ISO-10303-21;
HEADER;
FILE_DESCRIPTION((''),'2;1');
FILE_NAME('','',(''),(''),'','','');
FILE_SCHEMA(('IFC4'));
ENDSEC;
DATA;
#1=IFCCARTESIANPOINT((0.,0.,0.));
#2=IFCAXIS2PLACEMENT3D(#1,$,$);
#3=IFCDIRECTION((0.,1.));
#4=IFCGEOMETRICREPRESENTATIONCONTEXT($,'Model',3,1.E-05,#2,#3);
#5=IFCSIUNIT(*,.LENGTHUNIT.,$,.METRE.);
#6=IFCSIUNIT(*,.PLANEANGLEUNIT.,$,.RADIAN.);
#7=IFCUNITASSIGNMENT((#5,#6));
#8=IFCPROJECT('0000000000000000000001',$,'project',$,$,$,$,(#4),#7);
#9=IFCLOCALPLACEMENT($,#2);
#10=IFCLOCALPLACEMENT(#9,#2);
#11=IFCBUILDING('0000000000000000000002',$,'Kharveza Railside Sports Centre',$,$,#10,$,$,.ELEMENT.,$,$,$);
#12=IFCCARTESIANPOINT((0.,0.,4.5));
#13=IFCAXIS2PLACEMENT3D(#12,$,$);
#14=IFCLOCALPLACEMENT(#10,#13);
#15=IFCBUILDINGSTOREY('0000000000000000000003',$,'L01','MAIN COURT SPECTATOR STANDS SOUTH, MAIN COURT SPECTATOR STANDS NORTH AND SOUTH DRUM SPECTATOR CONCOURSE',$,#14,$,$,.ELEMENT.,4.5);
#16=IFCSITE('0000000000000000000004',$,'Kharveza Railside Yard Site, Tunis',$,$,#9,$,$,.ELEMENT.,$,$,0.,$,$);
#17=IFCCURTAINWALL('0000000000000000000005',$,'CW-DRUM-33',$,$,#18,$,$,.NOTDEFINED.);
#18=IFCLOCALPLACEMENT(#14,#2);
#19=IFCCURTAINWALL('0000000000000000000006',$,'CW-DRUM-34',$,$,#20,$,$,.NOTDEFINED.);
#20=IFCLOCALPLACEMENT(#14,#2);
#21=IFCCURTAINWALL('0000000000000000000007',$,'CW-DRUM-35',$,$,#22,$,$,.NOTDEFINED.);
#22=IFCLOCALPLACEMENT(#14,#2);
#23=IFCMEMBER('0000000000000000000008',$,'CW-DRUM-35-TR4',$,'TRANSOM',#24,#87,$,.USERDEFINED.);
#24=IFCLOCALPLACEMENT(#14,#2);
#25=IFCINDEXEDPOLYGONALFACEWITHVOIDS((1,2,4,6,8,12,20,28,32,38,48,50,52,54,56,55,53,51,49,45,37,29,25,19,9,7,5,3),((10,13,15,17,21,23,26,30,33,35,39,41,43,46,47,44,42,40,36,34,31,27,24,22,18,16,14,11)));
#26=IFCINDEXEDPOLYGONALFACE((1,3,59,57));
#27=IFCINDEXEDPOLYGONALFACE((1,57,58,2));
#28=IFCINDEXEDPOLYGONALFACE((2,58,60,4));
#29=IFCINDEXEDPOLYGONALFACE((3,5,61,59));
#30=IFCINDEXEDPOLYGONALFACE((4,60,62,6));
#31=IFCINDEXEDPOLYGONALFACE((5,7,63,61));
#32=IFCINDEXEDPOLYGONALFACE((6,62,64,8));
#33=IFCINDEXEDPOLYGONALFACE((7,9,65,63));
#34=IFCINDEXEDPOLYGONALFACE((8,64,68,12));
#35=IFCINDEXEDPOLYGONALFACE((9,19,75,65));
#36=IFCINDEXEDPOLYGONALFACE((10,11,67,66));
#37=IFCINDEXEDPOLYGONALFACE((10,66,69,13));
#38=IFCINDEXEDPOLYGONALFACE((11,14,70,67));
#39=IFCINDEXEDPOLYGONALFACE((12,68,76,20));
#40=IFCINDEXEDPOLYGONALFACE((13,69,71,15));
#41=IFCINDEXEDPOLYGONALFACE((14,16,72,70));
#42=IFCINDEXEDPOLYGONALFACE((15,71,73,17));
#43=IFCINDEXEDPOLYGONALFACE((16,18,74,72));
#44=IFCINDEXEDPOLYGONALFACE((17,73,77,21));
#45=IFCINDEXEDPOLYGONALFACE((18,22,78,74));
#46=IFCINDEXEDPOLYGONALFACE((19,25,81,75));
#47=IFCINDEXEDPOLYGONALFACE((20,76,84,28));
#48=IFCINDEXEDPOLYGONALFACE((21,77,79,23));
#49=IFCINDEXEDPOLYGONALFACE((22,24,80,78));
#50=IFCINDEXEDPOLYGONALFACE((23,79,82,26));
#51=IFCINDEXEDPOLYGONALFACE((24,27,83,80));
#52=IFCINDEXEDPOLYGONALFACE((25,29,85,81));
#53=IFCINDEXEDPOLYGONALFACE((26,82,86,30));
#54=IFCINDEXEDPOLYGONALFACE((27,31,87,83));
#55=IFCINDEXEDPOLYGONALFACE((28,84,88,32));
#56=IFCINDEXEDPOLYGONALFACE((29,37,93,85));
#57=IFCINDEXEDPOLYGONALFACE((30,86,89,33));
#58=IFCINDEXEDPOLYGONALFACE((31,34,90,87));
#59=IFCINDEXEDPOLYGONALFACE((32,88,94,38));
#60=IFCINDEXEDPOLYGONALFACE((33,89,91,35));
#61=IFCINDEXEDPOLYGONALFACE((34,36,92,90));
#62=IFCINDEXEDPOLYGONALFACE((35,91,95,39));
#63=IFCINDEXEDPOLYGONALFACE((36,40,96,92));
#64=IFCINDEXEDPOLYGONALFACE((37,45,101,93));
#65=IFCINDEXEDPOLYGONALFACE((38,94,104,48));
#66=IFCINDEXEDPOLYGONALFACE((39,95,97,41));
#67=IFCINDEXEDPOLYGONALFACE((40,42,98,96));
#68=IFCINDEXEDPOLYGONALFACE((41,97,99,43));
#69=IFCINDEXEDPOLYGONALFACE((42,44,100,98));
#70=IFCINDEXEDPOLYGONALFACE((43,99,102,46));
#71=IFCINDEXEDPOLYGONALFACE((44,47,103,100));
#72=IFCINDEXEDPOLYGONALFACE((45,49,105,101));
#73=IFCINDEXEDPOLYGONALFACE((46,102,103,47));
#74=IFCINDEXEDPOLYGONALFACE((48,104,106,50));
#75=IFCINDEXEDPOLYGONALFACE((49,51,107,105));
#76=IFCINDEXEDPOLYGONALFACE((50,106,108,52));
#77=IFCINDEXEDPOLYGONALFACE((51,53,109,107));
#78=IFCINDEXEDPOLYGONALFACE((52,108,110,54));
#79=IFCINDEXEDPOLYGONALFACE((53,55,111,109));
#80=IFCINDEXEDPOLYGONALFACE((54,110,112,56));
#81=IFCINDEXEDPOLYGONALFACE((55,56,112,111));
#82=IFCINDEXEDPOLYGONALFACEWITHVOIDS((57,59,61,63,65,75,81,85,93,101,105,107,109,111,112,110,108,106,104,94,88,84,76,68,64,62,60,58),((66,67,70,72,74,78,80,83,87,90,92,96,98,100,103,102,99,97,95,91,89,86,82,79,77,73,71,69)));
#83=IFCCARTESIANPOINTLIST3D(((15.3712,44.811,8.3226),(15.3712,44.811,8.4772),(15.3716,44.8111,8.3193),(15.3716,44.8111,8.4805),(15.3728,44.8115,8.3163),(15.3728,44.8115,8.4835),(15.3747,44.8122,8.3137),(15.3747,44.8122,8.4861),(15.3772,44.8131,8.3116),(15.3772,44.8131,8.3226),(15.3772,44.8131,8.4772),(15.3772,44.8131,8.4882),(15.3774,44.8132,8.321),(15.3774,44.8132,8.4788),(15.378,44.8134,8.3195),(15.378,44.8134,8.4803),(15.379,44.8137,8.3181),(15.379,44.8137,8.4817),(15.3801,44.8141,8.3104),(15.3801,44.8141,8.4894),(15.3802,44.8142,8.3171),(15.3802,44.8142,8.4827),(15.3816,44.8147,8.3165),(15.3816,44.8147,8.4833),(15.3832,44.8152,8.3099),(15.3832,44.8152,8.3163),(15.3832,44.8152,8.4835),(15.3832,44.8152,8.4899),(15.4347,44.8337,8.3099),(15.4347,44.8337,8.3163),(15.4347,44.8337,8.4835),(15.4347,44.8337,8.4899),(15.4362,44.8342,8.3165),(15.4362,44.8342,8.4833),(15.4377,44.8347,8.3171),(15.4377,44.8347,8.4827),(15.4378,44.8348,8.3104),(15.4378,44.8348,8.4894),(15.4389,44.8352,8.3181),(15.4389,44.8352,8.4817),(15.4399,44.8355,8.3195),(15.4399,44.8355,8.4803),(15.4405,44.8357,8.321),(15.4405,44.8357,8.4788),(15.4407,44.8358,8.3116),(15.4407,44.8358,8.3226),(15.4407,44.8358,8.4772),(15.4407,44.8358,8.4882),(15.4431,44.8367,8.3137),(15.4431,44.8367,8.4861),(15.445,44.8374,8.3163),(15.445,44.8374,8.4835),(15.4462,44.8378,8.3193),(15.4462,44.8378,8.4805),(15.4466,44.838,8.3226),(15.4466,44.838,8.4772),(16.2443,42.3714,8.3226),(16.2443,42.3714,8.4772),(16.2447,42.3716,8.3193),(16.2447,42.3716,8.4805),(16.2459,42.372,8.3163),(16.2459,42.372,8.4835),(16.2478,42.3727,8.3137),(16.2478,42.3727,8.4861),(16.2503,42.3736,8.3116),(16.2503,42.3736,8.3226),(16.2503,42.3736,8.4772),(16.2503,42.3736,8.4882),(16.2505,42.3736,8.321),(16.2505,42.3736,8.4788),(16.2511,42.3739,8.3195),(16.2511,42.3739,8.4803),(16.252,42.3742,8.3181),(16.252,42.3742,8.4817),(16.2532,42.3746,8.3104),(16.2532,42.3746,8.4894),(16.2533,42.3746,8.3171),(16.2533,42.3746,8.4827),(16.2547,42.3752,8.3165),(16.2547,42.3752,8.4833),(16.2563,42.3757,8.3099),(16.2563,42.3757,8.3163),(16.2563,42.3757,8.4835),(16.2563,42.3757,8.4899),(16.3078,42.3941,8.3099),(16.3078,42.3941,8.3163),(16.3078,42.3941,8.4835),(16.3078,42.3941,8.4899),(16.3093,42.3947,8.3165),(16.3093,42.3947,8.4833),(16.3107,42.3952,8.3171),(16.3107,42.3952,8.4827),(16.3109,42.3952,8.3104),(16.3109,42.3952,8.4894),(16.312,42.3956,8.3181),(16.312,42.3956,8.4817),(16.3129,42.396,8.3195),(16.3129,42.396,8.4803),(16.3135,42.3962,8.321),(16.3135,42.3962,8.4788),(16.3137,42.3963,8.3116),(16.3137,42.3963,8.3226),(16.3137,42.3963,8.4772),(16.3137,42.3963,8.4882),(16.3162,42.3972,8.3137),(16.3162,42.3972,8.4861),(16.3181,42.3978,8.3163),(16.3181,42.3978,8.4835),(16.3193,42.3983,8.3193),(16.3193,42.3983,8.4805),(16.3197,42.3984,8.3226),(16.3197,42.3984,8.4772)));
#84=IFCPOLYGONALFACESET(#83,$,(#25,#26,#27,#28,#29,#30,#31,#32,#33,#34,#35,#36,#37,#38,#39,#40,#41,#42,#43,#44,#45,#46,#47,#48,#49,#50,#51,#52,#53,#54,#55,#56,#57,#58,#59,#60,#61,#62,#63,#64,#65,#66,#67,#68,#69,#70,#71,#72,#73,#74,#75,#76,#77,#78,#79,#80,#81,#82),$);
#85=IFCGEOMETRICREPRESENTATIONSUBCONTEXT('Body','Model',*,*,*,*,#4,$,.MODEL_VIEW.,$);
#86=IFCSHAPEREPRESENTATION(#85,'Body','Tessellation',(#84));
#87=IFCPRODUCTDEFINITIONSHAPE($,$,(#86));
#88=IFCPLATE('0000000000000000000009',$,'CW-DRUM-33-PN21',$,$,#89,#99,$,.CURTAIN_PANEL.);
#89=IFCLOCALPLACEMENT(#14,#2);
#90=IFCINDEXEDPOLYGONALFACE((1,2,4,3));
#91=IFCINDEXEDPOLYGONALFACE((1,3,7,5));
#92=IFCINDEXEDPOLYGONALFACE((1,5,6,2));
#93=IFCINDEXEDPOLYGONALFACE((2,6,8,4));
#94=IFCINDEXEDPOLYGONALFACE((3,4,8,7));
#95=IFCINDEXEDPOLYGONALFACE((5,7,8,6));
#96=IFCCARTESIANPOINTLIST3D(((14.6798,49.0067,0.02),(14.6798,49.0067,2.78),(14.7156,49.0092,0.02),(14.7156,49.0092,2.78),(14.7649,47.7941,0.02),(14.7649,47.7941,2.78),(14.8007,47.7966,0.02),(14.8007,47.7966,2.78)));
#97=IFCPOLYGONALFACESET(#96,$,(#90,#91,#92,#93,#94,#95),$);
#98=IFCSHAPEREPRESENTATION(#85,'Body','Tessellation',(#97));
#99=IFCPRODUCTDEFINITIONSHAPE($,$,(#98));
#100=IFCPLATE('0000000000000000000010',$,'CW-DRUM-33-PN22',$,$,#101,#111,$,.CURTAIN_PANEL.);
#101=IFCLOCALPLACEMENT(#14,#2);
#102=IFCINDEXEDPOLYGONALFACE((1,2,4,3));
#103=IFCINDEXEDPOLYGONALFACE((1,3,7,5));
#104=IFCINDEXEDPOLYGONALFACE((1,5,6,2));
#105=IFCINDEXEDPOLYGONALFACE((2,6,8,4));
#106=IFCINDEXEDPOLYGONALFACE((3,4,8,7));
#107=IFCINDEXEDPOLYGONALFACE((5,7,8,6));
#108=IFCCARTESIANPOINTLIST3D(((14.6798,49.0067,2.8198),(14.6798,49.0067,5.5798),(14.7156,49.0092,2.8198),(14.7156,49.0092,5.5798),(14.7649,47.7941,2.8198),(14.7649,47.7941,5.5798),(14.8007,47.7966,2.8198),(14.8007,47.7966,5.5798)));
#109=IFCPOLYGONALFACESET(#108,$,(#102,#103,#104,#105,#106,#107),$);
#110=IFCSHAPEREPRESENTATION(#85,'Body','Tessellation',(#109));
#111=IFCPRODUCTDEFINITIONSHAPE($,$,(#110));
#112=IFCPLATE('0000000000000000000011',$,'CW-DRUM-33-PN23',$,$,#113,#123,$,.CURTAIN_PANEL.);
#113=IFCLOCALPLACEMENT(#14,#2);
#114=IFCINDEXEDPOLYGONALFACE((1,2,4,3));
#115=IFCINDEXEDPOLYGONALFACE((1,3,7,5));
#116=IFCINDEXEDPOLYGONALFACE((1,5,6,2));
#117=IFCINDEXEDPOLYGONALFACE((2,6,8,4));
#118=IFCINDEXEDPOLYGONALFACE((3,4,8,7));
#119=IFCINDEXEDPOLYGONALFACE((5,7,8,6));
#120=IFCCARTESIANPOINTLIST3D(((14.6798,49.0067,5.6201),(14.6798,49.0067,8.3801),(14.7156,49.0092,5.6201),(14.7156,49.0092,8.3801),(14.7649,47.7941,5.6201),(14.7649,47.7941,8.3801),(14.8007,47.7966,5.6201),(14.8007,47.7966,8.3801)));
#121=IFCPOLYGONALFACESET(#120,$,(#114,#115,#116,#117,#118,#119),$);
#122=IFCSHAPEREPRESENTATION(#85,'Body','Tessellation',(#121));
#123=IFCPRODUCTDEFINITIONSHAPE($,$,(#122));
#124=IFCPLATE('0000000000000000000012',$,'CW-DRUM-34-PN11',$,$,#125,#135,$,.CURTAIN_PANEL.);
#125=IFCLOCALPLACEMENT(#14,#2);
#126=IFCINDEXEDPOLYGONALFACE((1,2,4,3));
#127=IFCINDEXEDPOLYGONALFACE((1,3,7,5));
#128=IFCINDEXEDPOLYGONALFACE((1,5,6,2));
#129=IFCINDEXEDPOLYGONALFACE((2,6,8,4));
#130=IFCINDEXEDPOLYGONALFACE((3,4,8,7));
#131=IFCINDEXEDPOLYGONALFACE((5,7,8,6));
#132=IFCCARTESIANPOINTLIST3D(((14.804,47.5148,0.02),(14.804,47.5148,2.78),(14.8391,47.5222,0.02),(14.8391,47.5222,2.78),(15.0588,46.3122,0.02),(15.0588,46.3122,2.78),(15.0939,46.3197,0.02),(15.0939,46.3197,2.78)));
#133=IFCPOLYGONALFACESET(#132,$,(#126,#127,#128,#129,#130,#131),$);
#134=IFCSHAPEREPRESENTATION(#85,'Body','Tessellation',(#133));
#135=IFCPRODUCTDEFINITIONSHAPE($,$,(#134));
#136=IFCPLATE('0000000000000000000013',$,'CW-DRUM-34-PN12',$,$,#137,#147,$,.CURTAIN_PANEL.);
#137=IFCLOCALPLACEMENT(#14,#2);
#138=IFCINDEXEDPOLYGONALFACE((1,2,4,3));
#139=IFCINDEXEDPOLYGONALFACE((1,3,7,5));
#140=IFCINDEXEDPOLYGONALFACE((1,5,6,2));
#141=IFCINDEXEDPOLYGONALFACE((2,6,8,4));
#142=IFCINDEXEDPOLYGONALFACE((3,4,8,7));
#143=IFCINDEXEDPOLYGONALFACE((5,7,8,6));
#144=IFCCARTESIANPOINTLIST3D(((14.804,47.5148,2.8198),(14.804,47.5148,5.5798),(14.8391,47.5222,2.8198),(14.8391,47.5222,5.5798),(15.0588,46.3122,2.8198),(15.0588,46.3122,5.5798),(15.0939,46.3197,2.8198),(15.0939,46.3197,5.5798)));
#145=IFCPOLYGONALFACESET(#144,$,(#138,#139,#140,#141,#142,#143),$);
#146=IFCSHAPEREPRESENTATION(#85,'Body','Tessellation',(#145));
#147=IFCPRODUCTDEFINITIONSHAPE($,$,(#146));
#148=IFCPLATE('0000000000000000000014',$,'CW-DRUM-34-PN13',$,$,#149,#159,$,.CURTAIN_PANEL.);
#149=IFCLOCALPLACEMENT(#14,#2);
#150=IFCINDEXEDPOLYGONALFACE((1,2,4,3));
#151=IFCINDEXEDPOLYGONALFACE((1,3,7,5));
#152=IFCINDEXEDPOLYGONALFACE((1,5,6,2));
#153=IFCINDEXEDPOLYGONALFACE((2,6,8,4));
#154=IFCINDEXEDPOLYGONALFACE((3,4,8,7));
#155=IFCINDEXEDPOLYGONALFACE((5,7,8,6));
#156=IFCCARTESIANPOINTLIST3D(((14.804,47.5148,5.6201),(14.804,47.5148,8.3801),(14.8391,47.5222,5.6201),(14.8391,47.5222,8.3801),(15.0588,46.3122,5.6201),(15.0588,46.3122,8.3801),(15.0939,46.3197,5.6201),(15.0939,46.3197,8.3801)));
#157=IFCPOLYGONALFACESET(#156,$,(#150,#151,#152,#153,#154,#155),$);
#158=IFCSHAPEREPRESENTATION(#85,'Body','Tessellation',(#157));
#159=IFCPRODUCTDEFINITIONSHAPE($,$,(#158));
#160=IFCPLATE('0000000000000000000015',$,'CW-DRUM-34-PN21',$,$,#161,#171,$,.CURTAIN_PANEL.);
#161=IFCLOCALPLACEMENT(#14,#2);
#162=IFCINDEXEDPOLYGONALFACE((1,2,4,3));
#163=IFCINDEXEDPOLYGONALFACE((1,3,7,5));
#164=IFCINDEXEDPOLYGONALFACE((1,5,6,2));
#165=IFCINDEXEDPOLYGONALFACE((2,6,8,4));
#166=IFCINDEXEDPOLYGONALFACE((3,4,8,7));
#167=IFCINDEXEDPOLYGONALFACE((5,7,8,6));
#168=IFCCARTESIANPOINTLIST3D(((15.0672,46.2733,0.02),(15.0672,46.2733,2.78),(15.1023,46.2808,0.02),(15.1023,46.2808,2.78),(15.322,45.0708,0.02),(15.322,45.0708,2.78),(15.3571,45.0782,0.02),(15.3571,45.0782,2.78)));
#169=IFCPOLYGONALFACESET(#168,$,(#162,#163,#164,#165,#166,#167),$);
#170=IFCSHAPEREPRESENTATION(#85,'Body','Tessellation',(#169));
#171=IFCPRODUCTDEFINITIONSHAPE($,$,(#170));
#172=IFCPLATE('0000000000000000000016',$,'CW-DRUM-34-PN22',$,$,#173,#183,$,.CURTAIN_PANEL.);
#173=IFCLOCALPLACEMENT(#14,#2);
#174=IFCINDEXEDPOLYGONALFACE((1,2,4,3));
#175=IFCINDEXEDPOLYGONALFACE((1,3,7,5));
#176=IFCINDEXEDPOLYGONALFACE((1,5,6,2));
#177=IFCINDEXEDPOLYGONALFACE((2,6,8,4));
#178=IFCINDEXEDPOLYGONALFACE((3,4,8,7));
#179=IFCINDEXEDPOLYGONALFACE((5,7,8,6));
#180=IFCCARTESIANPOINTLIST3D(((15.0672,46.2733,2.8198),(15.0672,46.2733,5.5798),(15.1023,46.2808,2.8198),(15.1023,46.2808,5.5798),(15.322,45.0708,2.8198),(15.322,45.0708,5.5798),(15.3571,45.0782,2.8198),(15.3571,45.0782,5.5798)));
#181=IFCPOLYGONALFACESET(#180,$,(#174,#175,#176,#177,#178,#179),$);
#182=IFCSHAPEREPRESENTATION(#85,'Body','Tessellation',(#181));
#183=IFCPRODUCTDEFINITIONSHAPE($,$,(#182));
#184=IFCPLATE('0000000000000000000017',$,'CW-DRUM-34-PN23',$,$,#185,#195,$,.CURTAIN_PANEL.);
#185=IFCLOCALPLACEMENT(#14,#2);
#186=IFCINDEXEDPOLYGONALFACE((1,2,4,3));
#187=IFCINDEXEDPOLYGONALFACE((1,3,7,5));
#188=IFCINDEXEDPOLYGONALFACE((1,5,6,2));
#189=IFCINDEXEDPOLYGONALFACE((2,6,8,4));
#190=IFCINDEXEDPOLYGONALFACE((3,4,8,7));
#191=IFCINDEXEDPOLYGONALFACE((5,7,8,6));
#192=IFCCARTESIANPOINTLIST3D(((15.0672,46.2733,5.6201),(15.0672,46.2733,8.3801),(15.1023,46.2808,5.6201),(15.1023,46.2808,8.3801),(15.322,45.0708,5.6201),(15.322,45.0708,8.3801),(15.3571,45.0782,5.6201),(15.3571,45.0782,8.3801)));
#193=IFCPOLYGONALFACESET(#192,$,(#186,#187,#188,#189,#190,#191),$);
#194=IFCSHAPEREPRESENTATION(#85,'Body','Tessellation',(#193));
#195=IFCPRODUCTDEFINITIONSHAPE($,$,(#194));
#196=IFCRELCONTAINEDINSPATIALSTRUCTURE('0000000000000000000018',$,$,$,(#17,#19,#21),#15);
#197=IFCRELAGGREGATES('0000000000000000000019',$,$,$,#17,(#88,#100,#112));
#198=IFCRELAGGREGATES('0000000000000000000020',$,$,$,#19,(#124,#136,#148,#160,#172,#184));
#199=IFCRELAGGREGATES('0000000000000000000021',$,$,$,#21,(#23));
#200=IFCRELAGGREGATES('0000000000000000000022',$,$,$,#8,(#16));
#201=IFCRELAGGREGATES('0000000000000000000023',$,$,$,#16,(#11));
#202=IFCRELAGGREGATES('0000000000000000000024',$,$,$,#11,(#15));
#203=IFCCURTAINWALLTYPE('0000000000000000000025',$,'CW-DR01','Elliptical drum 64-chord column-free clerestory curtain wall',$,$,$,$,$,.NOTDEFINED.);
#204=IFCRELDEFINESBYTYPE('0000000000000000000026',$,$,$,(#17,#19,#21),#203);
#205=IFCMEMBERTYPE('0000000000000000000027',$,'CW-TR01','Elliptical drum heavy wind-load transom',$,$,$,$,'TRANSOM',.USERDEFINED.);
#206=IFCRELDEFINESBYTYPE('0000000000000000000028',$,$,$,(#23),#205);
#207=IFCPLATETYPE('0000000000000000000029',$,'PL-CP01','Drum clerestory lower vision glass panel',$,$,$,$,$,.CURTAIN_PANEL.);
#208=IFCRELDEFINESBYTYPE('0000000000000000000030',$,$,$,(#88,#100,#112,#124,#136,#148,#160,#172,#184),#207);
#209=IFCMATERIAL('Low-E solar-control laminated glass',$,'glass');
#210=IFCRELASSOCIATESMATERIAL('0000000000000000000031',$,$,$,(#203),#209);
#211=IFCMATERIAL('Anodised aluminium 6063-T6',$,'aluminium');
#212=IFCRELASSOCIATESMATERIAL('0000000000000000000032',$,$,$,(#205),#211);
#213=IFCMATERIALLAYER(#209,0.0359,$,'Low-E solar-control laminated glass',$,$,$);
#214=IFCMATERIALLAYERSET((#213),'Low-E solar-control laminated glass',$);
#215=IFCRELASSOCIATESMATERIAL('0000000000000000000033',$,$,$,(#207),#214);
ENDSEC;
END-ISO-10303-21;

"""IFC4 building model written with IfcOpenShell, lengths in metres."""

from ifc_helpers import new_model, si_unit, direction, frame, origin, origin_2d, place, context, subcontext, project, spatial, rectangle, hollow_rectangle, extrude, material, layer, layer_set, material_profile, profile_set, type_object, element, aggregate, save


model = new_model("IFC4")

# Units and contexts
model_context = context("Model", 3, precision=1e-05, world=origin(), true_north=direction((0.0, 1.0)))
body_context = subcontext(model_context, "Body", "Model", "MODEL_VIEW")
ifc_project = project(units=[si_unit("LENGTHUNIT", "METRE"), si_unit("PLANEANGLEUNIT", "RADIAN")], contexts=[model_context])

# Site, building, storey
site_placement = place(None, origin())
site = spatial("IfcSite", under=ifc_project, at=site_placement, Name="Kharveza Railside Yard Site, Tunis", CompositionType="ELEMENT", RefElevation=0.0)
building_placement = place(site_placement, origin())
building = spatial("IfcBuilding", under=site, at=building_placement, Name="Kharveza Railside Sports Centre", CompositionType="ELEMENT")
storey_placement = place(building_placement, frame((0.0, 0.0, 4.5)))
storey = spatial("IfcBuildingStorey", under=building, at=storey_placement, Name="L01", Description="MAIN COURT SPECTATOR STANDS SOUTH, MAIN COURT SPECTATOR STANDS NORTH AND SOUTH DRUM SPECTATOR CONCOURSE", CompositionType="ELEMENT", Elevation=4.5)

# Curtain walls
ifc_material_1 = material(Name="Low-E solar-control laminated glass", Category="glass")
curtain_wall_type = type_object("IfcCurtainWallType", Name="CW-DR01", Description="Elliptical drum 64-chord column-free clerestory curtain wall", PredefinedType="NOTDEFINED", material=ifc_material_1)
curtain_wall_1_placement = place(storey_placement, origin())
curtain_wall_1 = element("IfcCurtainWall", 1, at=curtain_wall_1_placement, inside=storey, type_object=curtain_wall_type, Name="CW-DRUM-33", PredefinedType="NOTDEFINED")
ifc_material_2 = material(Name="Anodised aluminium 6063-T6", Category="aluminium")
curtain_wall_2_placement = place(storey_placement, origin())
curtain_wall_2 = element("IfcCurtainWall", 2, at=curtain_wall_2_placement, inside=storey, type_object=curtain_wall_type, Name="CW-DRUM-34", PredefinedType="NOTDEFINED")
curtain_wall_3_placement = place(storey_placement, origin())
curtain_wall_3 = element("IfcCurtainWall", 3, at=curtain_wall_3_placement, inside=storey, type_object=curtain_wall_type, Name="CW-DRUM-35", PredefinedType="NOTDEFINED")

# Member
ifc_material_profile_1 = material_profile(ifc_material_2, hollow_rectangle(XDim=0.0801, YDim=0.1799, WallThickness=0.0063, InnerFilletRadius=0.0063, OuterFilletRadius=0.0127, at=origin_2d()), Name="RHS 80x180x6.3")
ifc_profile_set_1 = profile_set([ifc_material_profile_1], Name="Anodised aluminium 6063-T6")
member_type_1 = type_object("IfcMemberType", Name="CW-TR01", Description="Elliptical drum heavy wind-load transom", ElementType="TRANSOM", PredefinedType="USERDEFINED", material=ifc_profile_set_1)
member_1_placement = place(storey_placement, frame((15.4089, 44.8245, 8.3999), z_axis=(0.336957, -0.94152, 0.0), x_axis=(0.94152, 0.336957, 0.0)))
member_1 = element("IfcMember", 4, at=member_1_placement, type_object=member_type_1, Name="CW-DRUM-35-TR4", ObjectType="TRANSOM", PredefinedType="USERDEFINED", context=body_context, shape_type="SweptSolid", body=[
    extrude(hollow_rectangle(XDim=0.0801, YDim=0.1799, WallThickness=0.0063, InnerFilletRadius=0.0063, OuterFilletRadius=0.0127, at=origin_2d()), origin(), (0.0, 0.0, 1.0), 2.5911),
])

# Plates
ifc_layer = layer(ifc_material_1, 0.0359, Name="Low-E solar-control laminated glass")
ifc_layer_set = layer_set([ifc_layer], Name="Low-E solar-control laminated glass")
plate_type = type_object("IfcPlateType", Name="PL-CP01", Description="Drum clerestory lower vision glass panel", PredefinedType="CURTAIN_PANEL", material=ifc_layer_set)
plate_1_placement = place(storey_placement, frame((14.7402, 48.4016, 0.02), z_axis=(0.0, 0.0, 1.0), x_axis=(0.070018, -0.997546, 0.0)))
plate_1 = element("IfcPlate", 5, at=plate_1_placement, type_object=plate_type, Name="CW-DRUM-33-PN21", PredefinedType="CURTAIN_PANEL", context=body_context, shape_type="SweptSolid", body=[
    extrude(rectangle(XDim=1.2156, YDim=0.0359, at=origin_2d()), origin(), (0.0, 0.0, 1.0), 2.76),
])
plate_2_placement = place(storey_placement, frame((14.7402, 48.4016, 2.8198), z_axis=(0.0, 0.0, 1.0), x_axis=(0.070018, -0.997546, 0.0)))
plate_2 = element("IfcPlate", 6, at=plate_2_placement, type_object=plate_type, Name="CW-DRUM-33-PN22", PredefinedType="CURTAIN_PANEL", context=body_context, shape_type="SweptSolid", body=[
    extrude(rectangle(XDim=1.2156, YDim=0.0359, at=origin_2d()), origin(), (0.0, 0.0, 1.0), 2.76),
])
plate_3_placement = place(storey_placement, frame((14.7402, 48.4016, 5.6201), z_axis=(0.0, 0.0, 1.0), x_axis=(0.070018, -0.997546, 0.0)))
plate_3 = element("IfcPlate", 7, at=plate_3_placement, type_object=plate_type, Name="CW-DRUM-33-PN23", PredefinedType="CURTAIN_PANEL", context=body_context, shape_type="SweptSolid", body=[
    extrude(rectangle(XDim=1.2156, YDim=0.0359, at=origin_2d()), origin(), (0.0, 0.0, 1.0), 2.76),
])
aggregate(curtain_wall_1, [plate_1, plate_2, plate_3])
plate_4_placement = place(storey_placement, frame((14.949, 46.9172, 0.02), z_axis=(0.0, 0.0, 1.0), x_axis=(0.207297, -0.978278, 0.0)))
plate_4 = element("IfcPlate", 8, at=plate_4_placement, type_object=plate_type, Name="CW-DRUM-34-PN11", PredefinedType="CURTAIN_PANEL", context=body_context, shape_type="SweptSolid", body=[
    extrude(rectangle(XDim=1.2292, YDim=0.0359, at=origin_2d()), origin(), (0.0, 0.0, 1.0), 2.76),
])
plate_5_placement = place(storey_placement, frame((14.949, 46.9172, 2.8198), z_axis=(0.0, 0.0, 1.0), x_axis=(0.207297, -0.978278, 0.0)))
plate_5 = element("IfcPlate", 9, at=plate_5_placement, type_object=plate_type, Name="CW-DRUM-34-PN12", PredefinedType="CURTAIN_PANEL", context=body_context, shape_type="SweptSolid", body=[
    extrude(rectangle(XDim=1.2292, YDim=0.0359, at=origin_2d()), origin(), (0.0, 0.0, 1.0), 2.76),
])
plate_6_placement = place(storey_placement, frame((14.949, 46.9172, 5.6201), z_axis=(0.0, 0.0, 1.0), x_axis=(0.207297, -0.978278, 0.0)))
plate_6 = element("IfcPlate", 10, at=plate_6_placement, type_object=plate_type, Name="CW-DRUM-34-PN13", PredefinedType="CURTAIN_PANEL", context=body_context, shape_type="SweptSolid", body=[
    extrude(rectangle(XDim=1.2292, YDim=0.0359, at=origin_2d()), origin(), (0.0, 0.0, 1.0), 2.76),
])
plate_7_placement = place(storey_placement, frame((15.2122, 45.6758, 0.02), z_axis=(0.0, 0.0, 1.0), x_axis=(0.207297, -0.978278, 0.0)))
plate_7 = element("IfcPlate", 11, at=plate_7_placement, type_object=plate_type, Name="CW-DRUM-34-PN21", PredefinedType="CURTAIN_PANEL", context=body_context, shape_type="SweptSolid", body=[
    extrude(rectangle(XDim=1.2292, YDim=0.0359, at=origin_2d()), origin(), (0.0, 0.0, 1.0), 2.76),
])
plate_8_placement = place(storey_placement, frame((15.2122, 45.6758, 2.8198), z_axis=(0.0, 0.0, 1.0), x_axis=(0.207297, -0.978278, 0.0)))
plate_8 = element("IfcPlate", 12, at=plate_8_placement, type_object=plate_type, Name="CW-DRUM-34-PN22", PredefinedType="CURTAIN_PANEL", context=body_context, shape_type="SweptSolid", body=[
    extrude(rectangle(XDim=1.2292, YDim=0.0359, at=origin_2d()), origin(), (0.0, 0.0, 1.0), 2.76),
])
plate_9_placement = place(storey_placement, frame((15.2122, 45.6758, 5.6201), z_axis=(0.0, 0.0, 1.0), x_axis=(0.207297, -0.978278, 0.0)))
plate_9 = element("IfcPlate", 13, at=plate_9_placement, type_object=plate_type, Name="CW-DRUM-34-PN23", PredefinedType="CURTAIN_PANEL", context=body_context, shape_type="SweptSolid", body=[
    extrude(rectangle(XDim=1.2292, YDim=0.0359, at=origin_2d()), origin(), (0.0, 0.0, 1.0), 2.76),
])
aggregate(curtain_wall_2, [plate_4, plate_5, plate_6, plate_7, plate_8, plate_9])
aggregate(curtain_wall_3, [member_1])

save(model, "model.ifc")
